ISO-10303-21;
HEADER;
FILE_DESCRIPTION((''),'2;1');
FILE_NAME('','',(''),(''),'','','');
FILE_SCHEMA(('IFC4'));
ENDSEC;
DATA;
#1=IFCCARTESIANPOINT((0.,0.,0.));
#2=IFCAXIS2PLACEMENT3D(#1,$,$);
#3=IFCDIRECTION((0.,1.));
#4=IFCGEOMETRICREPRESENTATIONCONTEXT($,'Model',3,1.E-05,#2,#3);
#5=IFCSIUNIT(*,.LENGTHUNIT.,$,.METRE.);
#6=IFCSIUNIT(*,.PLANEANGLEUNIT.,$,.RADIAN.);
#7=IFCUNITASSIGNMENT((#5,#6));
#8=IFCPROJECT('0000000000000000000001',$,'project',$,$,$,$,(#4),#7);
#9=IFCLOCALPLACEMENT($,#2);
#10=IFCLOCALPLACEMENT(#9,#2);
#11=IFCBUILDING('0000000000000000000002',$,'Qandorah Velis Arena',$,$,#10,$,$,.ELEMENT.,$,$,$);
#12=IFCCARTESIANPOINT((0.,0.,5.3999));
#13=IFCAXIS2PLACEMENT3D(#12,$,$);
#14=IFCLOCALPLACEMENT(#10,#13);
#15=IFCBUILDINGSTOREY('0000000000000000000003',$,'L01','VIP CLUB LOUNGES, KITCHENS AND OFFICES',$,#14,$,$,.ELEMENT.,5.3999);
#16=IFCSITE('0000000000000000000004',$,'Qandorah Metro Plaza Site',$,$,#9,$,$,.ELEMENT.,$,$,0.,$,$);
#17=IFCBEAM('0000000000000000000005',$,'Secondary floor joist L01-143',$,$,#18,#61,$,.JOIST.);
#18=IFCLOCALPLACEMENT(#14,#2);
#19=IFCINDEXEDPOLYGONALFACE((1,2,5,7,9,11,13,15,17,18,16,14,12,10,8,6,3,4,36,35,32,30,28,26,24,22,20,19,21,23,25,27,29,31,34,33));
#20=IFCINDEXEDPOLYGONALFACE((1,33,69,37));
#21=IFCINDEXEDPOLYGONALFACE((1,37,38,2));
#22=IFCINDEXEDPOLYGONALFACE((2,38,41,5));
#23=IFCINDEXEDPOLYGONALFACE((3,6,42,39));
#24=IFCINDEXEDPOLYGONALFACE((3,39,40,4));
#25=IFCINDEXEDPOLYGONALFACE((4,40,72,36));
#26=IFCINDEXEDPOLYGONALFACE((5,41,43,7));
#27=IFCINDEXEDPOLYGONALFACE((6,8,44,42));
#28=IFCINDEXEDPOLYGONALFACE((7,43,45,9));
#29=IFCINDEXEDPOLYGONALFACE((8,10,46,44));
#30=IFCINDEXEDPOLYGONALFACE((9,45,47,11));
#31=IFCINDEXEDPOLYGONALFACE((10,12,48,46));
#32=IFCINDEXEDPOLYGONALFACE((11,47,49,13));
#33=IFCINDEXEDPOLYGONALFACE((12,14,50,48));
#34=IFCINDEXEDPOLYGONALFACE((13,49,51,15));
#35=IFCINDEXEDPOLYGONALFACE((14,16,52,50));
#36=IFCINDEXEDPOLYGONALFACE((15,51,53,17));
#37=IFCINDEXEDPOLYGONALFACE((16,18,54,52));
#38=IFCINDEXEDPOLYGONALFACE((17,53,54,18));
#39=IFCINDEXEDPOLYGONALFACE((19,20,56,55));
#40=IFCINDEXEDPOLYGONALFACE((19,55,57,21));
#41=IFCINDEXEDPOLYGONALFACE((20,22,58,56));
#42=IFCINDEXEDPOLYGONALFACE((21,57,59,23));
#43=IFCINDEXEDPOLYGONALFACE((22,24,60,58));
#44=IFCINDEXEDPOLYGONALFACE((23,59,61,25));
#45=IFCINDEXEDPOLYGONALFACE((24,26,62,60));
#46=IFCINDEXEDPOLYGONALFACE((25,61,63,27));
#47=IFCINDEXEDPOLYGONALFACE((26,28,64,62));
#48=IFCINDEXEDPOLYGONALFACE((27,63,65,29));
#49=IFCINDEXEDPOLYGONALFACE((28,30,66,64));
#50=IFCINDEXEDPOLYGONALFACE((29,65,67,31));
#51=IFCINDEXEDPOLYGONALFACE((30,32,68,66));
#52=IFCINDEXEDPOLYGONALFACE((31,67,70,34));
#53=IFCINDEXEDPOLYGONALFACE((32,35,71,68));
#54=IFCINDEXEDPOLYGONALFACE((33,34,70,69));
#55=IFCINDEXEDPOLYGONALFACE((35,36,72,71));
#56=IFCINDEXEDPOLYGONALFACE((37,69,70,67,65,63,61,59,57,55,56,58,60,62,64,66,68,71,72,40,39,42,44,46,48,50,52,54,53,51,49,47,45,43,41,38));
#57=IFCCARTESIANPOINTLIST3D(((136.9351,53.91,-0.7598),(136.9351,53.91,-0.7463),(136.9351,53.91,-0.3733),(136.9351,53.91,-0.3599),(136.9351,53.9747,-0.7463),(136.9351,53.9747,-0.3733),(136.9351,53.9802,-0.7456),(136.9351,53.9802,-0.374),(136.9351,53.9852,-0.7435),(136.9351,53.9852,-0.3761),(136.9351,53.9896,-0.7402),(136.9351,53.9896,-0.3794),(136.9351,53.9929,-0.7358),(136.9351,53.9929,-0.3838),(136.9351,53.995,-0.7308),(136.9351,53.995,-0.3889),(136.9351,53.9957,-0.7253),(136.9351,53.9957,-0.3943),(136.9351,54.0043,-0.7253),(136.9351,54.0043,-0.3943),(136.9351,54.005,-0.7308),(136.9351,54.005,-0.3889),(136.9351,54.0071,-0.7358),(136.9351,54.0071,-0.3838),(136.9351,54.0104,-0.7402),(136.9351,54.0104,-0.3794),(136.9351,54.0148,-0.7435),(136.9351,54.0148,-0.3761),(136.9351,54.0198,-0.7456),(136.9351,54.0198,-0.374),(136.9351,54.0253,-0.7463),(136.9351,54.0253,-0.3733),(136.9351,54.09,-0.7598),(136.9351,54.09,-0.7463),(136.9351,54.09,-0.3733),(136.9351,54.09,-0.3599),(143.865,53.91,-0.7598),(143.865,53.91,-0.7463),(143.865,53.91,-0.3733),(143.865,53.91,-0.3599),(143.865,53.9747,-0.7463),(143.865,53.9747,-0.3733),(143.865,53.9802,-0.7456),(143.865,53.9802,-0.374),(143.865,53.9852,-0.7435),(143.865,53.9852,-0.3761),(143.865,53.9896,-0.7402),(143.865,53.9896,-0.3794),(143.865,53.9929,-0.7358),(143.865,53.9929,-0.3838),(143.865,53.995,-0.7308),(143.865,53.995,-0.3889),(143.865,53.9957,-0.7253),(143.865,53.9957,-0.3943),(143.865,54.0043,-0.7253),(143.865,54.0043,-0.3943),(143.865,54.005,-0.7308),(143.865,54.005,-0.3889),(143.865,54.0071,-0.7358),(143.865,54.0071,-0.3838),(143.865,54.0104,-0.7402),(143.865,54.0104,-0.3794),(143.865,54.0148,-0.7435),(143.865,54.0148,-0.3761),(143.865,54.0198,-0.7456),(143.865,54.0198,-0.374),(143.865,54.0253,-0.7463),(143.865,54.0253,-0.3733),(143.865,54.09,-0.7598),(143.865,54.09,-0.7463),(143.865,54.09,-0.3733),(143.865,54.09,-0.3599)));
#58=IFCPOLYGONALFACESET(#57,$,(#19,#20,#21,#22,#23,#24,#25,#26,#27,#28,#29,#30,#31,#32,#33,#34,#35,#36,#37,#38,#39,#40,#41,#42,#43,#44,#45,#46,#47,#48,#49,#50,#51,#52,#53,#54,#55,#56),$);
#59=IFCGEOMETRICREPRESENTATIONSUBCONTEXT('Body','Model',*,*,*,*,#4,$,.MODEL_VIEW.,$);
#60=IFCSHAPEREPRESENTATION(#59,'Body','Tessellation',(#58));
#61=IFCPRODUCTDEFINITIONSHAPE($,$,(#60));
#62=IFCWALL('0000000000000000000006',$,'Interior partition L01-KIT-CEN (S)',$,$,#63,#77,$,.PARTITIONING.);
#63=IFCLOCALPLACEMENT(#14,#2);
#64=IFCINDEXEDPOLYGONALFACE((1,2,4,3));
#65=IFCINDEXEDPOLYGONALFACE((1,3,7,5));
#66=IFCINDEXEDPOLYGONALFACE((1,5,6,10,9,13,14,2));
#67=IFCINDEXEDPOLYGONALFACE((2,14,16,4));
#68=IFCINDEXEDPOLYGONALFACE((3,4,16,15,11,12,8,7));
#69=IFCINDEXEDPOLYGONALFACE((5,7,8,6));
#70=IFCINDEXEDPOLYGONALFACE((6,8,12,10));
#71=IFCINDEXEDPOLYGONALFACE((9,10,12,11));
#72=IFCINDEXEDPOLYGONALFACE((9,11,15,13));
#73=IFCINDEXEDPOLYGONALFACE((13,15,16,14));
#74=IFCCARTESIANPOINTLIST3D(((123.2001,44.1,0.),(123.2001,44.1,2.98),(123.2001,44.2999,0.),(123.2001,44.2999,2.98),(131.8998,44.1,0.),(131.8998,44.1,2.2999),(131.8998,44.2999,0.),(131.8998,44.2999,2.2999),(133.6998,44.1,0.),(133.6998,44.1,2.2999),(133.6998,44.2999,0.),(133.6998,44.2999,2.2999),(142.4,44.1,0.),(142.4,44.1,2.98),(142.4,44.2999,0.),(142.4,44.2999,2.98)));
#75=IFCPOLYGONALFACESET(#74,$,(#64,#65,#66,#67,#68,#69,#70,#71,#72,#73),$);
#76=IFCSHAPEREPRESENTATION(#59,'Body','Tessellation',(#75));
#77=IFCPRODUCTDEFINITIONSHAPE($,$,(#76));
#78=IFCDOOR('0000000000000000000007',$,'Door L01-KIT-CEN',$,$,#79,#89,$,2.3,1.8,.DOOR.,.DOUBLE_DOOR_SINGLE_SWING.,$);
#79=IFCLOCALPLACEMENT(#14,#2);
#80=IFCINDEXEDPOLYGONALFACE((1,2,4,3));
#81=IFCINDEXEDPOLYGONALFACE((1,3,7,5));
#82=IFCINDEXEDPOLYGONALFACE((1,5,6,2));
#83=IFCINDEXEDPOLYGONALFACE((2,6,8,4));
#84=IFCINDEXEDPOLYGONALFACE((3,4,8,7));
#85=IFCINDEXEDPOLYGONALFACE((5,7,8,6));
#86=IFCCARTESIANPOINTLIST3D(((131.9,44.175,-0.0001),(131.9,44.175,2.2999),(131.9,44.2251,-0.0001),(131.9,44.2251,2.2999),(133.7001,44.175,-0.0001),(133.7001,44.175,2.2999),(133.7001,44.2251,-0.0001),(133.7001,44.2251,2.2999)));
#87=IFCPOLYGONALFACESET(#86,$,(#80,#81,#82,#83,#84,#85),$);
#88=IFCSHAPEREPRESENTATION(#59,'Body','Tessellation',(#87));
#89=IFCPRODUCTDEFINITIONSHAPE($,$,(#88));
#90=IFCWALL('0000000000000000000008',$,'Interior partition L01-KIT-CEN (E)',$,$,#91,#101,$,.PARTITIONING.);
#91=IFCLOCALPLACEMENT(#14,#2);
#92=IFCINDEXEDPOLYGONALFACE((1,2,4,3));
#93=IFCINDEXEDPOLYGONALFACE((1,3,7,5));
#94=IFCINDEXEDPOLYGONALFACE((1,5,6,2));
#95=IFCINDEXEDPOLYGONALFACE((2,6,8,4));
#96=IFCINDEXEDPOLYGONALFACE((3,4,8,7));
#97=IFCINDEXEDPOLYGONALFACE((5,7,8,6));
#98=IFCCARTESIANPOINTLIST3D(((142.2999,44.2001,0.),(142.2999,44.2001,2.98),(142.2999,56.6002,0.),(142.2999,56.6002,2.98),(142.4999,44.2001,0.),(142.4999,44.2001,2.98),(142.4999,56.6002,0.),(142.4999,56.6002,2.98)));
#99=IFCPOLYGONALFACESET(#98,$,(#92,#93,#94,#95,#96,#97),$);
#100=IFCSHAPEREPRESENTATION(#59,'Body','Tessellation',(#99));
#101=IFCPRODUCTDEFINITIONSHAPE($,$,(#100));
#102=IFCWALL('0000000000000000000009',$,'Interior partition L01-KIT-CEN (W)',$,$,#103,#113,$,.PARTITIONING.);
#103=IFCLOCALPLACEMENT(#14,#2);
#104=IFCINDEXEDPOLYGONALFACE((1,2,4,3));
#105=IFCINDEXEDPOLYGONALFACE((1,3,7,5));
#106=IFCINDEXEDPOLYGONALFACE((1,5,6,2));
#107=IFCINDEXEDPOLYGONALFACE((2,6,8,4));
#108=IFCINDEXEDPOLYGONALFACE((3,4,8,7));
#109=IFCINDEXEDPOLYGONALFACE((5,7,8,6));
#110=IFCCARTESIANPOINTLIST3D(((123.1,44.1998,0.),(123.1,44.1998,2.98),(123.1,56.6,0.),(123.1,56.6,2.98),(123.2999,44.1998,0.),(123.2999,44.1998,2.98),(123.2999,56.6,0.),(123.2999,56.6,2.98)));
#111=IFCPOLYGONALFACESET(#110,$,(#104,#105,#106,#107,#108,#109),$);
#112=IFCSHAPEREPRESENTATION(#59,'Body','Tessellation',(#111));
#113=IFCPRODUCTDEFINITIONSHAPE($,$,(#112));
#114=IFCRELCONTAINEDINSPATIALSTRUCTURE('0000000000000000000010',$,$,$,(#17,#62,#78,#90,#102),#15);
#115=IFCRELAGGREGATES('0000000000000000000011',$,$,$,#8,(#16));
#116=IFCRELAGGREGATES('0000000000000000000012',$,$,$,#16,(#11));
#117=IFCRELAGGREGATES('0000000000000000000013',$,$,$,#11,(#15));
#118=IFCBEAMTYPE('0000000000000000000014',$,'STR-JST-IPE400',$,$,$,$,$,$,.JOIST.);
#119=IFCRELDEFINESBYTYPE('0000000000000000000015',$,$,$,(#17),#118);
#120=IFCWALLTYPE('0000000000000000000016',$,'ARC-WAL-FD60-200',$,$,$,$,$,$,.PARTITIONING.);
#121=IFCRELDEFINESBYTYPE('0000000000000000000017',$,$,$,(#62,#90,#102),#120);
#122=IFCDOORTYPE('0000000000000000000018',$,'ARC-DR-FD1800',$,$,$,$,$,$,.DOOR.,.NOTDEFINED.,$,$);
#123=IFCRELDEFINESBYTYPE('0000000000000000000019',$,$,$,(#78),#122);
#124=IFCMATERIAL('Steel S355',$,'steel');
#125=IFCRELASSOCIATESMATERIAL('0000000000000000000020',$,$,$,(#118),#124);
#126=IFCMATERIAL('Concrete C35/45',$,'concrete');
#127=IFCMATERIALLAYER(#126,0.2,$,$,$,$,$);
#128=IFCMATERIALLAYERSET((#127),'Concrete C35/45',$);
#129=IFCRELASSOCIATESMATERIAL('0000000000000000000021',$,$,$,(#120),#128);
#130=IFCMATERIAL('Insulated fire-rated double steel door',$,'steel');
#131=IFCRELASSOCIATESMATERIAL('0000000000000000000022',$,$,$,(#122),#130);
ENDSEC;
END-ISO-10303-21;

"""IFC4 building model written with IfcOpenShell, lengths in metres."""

from ifc_helpers import new_model, si_unit, direction, frame, frame_2d, origin, origin_2d, place, context, subcontext, project, spatial, rectangle, i_section, extrude, material, layer, layer_set, material_profile, profile_set, type_object, element, fill, save


model = new_model("IFC4")

# Units and contexts
model_context = context("Model", 3, precision=1e-05, world=origin(), true_north=direction((0.0, 1.0)))
body_context = subcontext(model_context, "Body", "Model", "MODEL_VIEW")
ifc_project = project(units=[si_unit("LENGTHUNIT", "METRE"), si_unit("PLANEANGLEUNIT", "RADIAN")], contexts=[model_context])

# Site, building, storey
site_placement = place(None, origin())
site = spatial("IfcSite", under=ifc_project, at=site_placement, Name="Qandorah Metro Plaza Site", CompositionType="ELEMENT", RefElevation=0.0)
building_placement = place(site_placement, origin())
building = spatial("IfcBuilding", under=site, at=building_placement, Name="Qandorah Velis Arena", CompositionType="ELEMENT")
storey_placement = place(building_placement, frame((0.0, 0.0, 5.3999)))
storey = spatial("IfcBuildingStorey", under=building, at=storey_placement, Name="L01", Description="VIP CLUB LOUNGES, KITCHENS AND OFFICES", CompositionType="ELEMENT", Elevation=5.3999)

# Beam
ifc_material_1 = material(Name="Steel S355", Category="steel")
ifc_material_profile_1 = material_profile(ifc_material_1, i_section(OverallWidth=0.1799, OverallDepth=0.3999, WebThickness=0.0085, FlangeThickness=0.0134, FilletRadius=0.021, at=origin_2d()), Name="IPE 400")
ifc_profile_set_1 = profile_set([ifc_material_profile_1], Name="Steel S355")
beam_type_1 = type_object("IfcBeamType", Name="STR-JST-IPE400", PredefinedType="JOIST", material=ifc_profile_set_1)
for number, where, z_axis, x_axis, name in (
    (1, (136.9351, 54.0, -0.5598), (1.0, 0.0, 0.0), (0.0, 1.0, 0.0), "Secondary floor joist L01-143"),
):
    element("IfcBeam", number, at=place(storey_placement, frame(where, z_axis=z_axis, x_axis=x_axis)), inside=storey, type_object=beam_type_1, Name=name, PredefinedType="JOIST", context=body_context, shape_type="SweptSolid", body=[
        extrude(i_section(OverallWidth=0.1799, OverallDepth=0.3999, WebThickness=0.0085, FlangeThickness=0.0134, FilletRadius=0.021, at=origin_2d()), origin(), (0.0, 0.0, 1.0), 6.9299),
    ])

# Wall, opening, door
ifc_material_2 = material(Name="Concrete C35/45", Category="concrete")
ifc_layer = layer(ifc_material_2, 0.2)
ifc_layer_set = layer_set([ifc_layer], Name="Concrete C35/45")
wall_type = type_object("IfcWallType", Name="ARC-WAL-FD60-200", PredefinedType="PARTITIONING", material=ifc_layer_set)
wall_placement = place(storey_placement, frame((123.2, 44.2, 0.0), z_axis=(0.0, 0.0, 1.0), x_axis=(1.0, 0.0, 0.0)))
wall = element("IfcWall", 2, at=wall_placement, inside=storey, type_object=wall_type, Name="Interior partition L01-KIT-CEN (S)", PredefinedType="PARTITIONING", context=body_context, shape_type="SweptSolid", body=[
    extrude(rectangle(XDim=19.2, YDim=0.2, at=frame_2d((9.6001, 0.0))), origin(), (0.0, 0.0, 1.0), 2.98),
])
opening_placement = place(wall_placement, frame((8.7, 0.0, 0.0)))
opening = element("IfcOpeningElement", 3, at=opening_placement, cuts=wall, PredefinedType="OPENING", context=body_context, shape_type="SweptSolid", body=[
    extrude(rectangle(XDim=1.8, YDim=2.3, at=frame_2d((0.8999, 1.1499))), frame((0.0, 0.1099, 0.0), z_axis=(0.0, -1.0, 0.0), x_axis=(1.0, 0.0, 0.0)), (0.0, 0.0, 1.0), 0.22),
])
ifc_material_3 = material(Name="Insulated fire-rated double steel door", Category="steel")
door_type = type_object("IfcDoorType", Name="ARC-DR-FD1800", OperationType="NOTDEFINED", PredefinedType="DOOR", material=ifc_material_3)
door_placement = place(opening_placement, frame((1.8, 0.0, 0.0), z_axis=(0.0, 0.0, 1.0), x_axis=(-1.0, 0.0, 0.0)))
door = element("IfcDoor", 4, at=door_placement, inside=storey, type_object=door_type, Name="Door L01-KIT-CEN", OperationType="DOUBLE_DOOR_SINGLE_SWING", OverallHeight=2.3, OverallWidth=1.8, PredefinedType="DOOR", context=body_context, shape_type="SweptSolid", body=[
    extrude(rectangle(XDim=1.8, YDim=2.3, at=frame_2d((0.8999, 1.1499))), frame((0.0, 0.0249, 0.0), z_axis=(0.0, -1.0, 0.0), x_axis=(1.0, 0.0, 0.0)), (0.0, 0.0, 1.0), 0.05),
])
fill(opening, door)

# Walls
for number, where, z_axis, x_axis, name in (
    (5, (142.3999, 44.2, 0.0), (0.0, 0.0, 1.0), (0.0, 1.0, 0.0), "Interior partition L01-KIT-CEN (E)"),
    (6, (123.2, 56.6001, 0.0), (0.0, 0.0, 1.0), (0.0, -1.0, 0.0), "Interior partition L01-KIT-CEN (W)"),
):
    element("IfcWall", number, at=place(storey_placement, frame(where, z_axis=z_axis, x_axis=x_axis)), inside=storey, type_object=wall_type, Name=name, PredefinedType="PARTITIONING", context=body_context, shape_type="SweptSolid", body=[
        extrude(rectangle(XDim=12.4001, YDim=0.2, at=frame_2d((6.2002, 0.0))), origin(), (0.0, 0.0, 1.0), 2.98),
    ])

save(model, "model.ifc")
